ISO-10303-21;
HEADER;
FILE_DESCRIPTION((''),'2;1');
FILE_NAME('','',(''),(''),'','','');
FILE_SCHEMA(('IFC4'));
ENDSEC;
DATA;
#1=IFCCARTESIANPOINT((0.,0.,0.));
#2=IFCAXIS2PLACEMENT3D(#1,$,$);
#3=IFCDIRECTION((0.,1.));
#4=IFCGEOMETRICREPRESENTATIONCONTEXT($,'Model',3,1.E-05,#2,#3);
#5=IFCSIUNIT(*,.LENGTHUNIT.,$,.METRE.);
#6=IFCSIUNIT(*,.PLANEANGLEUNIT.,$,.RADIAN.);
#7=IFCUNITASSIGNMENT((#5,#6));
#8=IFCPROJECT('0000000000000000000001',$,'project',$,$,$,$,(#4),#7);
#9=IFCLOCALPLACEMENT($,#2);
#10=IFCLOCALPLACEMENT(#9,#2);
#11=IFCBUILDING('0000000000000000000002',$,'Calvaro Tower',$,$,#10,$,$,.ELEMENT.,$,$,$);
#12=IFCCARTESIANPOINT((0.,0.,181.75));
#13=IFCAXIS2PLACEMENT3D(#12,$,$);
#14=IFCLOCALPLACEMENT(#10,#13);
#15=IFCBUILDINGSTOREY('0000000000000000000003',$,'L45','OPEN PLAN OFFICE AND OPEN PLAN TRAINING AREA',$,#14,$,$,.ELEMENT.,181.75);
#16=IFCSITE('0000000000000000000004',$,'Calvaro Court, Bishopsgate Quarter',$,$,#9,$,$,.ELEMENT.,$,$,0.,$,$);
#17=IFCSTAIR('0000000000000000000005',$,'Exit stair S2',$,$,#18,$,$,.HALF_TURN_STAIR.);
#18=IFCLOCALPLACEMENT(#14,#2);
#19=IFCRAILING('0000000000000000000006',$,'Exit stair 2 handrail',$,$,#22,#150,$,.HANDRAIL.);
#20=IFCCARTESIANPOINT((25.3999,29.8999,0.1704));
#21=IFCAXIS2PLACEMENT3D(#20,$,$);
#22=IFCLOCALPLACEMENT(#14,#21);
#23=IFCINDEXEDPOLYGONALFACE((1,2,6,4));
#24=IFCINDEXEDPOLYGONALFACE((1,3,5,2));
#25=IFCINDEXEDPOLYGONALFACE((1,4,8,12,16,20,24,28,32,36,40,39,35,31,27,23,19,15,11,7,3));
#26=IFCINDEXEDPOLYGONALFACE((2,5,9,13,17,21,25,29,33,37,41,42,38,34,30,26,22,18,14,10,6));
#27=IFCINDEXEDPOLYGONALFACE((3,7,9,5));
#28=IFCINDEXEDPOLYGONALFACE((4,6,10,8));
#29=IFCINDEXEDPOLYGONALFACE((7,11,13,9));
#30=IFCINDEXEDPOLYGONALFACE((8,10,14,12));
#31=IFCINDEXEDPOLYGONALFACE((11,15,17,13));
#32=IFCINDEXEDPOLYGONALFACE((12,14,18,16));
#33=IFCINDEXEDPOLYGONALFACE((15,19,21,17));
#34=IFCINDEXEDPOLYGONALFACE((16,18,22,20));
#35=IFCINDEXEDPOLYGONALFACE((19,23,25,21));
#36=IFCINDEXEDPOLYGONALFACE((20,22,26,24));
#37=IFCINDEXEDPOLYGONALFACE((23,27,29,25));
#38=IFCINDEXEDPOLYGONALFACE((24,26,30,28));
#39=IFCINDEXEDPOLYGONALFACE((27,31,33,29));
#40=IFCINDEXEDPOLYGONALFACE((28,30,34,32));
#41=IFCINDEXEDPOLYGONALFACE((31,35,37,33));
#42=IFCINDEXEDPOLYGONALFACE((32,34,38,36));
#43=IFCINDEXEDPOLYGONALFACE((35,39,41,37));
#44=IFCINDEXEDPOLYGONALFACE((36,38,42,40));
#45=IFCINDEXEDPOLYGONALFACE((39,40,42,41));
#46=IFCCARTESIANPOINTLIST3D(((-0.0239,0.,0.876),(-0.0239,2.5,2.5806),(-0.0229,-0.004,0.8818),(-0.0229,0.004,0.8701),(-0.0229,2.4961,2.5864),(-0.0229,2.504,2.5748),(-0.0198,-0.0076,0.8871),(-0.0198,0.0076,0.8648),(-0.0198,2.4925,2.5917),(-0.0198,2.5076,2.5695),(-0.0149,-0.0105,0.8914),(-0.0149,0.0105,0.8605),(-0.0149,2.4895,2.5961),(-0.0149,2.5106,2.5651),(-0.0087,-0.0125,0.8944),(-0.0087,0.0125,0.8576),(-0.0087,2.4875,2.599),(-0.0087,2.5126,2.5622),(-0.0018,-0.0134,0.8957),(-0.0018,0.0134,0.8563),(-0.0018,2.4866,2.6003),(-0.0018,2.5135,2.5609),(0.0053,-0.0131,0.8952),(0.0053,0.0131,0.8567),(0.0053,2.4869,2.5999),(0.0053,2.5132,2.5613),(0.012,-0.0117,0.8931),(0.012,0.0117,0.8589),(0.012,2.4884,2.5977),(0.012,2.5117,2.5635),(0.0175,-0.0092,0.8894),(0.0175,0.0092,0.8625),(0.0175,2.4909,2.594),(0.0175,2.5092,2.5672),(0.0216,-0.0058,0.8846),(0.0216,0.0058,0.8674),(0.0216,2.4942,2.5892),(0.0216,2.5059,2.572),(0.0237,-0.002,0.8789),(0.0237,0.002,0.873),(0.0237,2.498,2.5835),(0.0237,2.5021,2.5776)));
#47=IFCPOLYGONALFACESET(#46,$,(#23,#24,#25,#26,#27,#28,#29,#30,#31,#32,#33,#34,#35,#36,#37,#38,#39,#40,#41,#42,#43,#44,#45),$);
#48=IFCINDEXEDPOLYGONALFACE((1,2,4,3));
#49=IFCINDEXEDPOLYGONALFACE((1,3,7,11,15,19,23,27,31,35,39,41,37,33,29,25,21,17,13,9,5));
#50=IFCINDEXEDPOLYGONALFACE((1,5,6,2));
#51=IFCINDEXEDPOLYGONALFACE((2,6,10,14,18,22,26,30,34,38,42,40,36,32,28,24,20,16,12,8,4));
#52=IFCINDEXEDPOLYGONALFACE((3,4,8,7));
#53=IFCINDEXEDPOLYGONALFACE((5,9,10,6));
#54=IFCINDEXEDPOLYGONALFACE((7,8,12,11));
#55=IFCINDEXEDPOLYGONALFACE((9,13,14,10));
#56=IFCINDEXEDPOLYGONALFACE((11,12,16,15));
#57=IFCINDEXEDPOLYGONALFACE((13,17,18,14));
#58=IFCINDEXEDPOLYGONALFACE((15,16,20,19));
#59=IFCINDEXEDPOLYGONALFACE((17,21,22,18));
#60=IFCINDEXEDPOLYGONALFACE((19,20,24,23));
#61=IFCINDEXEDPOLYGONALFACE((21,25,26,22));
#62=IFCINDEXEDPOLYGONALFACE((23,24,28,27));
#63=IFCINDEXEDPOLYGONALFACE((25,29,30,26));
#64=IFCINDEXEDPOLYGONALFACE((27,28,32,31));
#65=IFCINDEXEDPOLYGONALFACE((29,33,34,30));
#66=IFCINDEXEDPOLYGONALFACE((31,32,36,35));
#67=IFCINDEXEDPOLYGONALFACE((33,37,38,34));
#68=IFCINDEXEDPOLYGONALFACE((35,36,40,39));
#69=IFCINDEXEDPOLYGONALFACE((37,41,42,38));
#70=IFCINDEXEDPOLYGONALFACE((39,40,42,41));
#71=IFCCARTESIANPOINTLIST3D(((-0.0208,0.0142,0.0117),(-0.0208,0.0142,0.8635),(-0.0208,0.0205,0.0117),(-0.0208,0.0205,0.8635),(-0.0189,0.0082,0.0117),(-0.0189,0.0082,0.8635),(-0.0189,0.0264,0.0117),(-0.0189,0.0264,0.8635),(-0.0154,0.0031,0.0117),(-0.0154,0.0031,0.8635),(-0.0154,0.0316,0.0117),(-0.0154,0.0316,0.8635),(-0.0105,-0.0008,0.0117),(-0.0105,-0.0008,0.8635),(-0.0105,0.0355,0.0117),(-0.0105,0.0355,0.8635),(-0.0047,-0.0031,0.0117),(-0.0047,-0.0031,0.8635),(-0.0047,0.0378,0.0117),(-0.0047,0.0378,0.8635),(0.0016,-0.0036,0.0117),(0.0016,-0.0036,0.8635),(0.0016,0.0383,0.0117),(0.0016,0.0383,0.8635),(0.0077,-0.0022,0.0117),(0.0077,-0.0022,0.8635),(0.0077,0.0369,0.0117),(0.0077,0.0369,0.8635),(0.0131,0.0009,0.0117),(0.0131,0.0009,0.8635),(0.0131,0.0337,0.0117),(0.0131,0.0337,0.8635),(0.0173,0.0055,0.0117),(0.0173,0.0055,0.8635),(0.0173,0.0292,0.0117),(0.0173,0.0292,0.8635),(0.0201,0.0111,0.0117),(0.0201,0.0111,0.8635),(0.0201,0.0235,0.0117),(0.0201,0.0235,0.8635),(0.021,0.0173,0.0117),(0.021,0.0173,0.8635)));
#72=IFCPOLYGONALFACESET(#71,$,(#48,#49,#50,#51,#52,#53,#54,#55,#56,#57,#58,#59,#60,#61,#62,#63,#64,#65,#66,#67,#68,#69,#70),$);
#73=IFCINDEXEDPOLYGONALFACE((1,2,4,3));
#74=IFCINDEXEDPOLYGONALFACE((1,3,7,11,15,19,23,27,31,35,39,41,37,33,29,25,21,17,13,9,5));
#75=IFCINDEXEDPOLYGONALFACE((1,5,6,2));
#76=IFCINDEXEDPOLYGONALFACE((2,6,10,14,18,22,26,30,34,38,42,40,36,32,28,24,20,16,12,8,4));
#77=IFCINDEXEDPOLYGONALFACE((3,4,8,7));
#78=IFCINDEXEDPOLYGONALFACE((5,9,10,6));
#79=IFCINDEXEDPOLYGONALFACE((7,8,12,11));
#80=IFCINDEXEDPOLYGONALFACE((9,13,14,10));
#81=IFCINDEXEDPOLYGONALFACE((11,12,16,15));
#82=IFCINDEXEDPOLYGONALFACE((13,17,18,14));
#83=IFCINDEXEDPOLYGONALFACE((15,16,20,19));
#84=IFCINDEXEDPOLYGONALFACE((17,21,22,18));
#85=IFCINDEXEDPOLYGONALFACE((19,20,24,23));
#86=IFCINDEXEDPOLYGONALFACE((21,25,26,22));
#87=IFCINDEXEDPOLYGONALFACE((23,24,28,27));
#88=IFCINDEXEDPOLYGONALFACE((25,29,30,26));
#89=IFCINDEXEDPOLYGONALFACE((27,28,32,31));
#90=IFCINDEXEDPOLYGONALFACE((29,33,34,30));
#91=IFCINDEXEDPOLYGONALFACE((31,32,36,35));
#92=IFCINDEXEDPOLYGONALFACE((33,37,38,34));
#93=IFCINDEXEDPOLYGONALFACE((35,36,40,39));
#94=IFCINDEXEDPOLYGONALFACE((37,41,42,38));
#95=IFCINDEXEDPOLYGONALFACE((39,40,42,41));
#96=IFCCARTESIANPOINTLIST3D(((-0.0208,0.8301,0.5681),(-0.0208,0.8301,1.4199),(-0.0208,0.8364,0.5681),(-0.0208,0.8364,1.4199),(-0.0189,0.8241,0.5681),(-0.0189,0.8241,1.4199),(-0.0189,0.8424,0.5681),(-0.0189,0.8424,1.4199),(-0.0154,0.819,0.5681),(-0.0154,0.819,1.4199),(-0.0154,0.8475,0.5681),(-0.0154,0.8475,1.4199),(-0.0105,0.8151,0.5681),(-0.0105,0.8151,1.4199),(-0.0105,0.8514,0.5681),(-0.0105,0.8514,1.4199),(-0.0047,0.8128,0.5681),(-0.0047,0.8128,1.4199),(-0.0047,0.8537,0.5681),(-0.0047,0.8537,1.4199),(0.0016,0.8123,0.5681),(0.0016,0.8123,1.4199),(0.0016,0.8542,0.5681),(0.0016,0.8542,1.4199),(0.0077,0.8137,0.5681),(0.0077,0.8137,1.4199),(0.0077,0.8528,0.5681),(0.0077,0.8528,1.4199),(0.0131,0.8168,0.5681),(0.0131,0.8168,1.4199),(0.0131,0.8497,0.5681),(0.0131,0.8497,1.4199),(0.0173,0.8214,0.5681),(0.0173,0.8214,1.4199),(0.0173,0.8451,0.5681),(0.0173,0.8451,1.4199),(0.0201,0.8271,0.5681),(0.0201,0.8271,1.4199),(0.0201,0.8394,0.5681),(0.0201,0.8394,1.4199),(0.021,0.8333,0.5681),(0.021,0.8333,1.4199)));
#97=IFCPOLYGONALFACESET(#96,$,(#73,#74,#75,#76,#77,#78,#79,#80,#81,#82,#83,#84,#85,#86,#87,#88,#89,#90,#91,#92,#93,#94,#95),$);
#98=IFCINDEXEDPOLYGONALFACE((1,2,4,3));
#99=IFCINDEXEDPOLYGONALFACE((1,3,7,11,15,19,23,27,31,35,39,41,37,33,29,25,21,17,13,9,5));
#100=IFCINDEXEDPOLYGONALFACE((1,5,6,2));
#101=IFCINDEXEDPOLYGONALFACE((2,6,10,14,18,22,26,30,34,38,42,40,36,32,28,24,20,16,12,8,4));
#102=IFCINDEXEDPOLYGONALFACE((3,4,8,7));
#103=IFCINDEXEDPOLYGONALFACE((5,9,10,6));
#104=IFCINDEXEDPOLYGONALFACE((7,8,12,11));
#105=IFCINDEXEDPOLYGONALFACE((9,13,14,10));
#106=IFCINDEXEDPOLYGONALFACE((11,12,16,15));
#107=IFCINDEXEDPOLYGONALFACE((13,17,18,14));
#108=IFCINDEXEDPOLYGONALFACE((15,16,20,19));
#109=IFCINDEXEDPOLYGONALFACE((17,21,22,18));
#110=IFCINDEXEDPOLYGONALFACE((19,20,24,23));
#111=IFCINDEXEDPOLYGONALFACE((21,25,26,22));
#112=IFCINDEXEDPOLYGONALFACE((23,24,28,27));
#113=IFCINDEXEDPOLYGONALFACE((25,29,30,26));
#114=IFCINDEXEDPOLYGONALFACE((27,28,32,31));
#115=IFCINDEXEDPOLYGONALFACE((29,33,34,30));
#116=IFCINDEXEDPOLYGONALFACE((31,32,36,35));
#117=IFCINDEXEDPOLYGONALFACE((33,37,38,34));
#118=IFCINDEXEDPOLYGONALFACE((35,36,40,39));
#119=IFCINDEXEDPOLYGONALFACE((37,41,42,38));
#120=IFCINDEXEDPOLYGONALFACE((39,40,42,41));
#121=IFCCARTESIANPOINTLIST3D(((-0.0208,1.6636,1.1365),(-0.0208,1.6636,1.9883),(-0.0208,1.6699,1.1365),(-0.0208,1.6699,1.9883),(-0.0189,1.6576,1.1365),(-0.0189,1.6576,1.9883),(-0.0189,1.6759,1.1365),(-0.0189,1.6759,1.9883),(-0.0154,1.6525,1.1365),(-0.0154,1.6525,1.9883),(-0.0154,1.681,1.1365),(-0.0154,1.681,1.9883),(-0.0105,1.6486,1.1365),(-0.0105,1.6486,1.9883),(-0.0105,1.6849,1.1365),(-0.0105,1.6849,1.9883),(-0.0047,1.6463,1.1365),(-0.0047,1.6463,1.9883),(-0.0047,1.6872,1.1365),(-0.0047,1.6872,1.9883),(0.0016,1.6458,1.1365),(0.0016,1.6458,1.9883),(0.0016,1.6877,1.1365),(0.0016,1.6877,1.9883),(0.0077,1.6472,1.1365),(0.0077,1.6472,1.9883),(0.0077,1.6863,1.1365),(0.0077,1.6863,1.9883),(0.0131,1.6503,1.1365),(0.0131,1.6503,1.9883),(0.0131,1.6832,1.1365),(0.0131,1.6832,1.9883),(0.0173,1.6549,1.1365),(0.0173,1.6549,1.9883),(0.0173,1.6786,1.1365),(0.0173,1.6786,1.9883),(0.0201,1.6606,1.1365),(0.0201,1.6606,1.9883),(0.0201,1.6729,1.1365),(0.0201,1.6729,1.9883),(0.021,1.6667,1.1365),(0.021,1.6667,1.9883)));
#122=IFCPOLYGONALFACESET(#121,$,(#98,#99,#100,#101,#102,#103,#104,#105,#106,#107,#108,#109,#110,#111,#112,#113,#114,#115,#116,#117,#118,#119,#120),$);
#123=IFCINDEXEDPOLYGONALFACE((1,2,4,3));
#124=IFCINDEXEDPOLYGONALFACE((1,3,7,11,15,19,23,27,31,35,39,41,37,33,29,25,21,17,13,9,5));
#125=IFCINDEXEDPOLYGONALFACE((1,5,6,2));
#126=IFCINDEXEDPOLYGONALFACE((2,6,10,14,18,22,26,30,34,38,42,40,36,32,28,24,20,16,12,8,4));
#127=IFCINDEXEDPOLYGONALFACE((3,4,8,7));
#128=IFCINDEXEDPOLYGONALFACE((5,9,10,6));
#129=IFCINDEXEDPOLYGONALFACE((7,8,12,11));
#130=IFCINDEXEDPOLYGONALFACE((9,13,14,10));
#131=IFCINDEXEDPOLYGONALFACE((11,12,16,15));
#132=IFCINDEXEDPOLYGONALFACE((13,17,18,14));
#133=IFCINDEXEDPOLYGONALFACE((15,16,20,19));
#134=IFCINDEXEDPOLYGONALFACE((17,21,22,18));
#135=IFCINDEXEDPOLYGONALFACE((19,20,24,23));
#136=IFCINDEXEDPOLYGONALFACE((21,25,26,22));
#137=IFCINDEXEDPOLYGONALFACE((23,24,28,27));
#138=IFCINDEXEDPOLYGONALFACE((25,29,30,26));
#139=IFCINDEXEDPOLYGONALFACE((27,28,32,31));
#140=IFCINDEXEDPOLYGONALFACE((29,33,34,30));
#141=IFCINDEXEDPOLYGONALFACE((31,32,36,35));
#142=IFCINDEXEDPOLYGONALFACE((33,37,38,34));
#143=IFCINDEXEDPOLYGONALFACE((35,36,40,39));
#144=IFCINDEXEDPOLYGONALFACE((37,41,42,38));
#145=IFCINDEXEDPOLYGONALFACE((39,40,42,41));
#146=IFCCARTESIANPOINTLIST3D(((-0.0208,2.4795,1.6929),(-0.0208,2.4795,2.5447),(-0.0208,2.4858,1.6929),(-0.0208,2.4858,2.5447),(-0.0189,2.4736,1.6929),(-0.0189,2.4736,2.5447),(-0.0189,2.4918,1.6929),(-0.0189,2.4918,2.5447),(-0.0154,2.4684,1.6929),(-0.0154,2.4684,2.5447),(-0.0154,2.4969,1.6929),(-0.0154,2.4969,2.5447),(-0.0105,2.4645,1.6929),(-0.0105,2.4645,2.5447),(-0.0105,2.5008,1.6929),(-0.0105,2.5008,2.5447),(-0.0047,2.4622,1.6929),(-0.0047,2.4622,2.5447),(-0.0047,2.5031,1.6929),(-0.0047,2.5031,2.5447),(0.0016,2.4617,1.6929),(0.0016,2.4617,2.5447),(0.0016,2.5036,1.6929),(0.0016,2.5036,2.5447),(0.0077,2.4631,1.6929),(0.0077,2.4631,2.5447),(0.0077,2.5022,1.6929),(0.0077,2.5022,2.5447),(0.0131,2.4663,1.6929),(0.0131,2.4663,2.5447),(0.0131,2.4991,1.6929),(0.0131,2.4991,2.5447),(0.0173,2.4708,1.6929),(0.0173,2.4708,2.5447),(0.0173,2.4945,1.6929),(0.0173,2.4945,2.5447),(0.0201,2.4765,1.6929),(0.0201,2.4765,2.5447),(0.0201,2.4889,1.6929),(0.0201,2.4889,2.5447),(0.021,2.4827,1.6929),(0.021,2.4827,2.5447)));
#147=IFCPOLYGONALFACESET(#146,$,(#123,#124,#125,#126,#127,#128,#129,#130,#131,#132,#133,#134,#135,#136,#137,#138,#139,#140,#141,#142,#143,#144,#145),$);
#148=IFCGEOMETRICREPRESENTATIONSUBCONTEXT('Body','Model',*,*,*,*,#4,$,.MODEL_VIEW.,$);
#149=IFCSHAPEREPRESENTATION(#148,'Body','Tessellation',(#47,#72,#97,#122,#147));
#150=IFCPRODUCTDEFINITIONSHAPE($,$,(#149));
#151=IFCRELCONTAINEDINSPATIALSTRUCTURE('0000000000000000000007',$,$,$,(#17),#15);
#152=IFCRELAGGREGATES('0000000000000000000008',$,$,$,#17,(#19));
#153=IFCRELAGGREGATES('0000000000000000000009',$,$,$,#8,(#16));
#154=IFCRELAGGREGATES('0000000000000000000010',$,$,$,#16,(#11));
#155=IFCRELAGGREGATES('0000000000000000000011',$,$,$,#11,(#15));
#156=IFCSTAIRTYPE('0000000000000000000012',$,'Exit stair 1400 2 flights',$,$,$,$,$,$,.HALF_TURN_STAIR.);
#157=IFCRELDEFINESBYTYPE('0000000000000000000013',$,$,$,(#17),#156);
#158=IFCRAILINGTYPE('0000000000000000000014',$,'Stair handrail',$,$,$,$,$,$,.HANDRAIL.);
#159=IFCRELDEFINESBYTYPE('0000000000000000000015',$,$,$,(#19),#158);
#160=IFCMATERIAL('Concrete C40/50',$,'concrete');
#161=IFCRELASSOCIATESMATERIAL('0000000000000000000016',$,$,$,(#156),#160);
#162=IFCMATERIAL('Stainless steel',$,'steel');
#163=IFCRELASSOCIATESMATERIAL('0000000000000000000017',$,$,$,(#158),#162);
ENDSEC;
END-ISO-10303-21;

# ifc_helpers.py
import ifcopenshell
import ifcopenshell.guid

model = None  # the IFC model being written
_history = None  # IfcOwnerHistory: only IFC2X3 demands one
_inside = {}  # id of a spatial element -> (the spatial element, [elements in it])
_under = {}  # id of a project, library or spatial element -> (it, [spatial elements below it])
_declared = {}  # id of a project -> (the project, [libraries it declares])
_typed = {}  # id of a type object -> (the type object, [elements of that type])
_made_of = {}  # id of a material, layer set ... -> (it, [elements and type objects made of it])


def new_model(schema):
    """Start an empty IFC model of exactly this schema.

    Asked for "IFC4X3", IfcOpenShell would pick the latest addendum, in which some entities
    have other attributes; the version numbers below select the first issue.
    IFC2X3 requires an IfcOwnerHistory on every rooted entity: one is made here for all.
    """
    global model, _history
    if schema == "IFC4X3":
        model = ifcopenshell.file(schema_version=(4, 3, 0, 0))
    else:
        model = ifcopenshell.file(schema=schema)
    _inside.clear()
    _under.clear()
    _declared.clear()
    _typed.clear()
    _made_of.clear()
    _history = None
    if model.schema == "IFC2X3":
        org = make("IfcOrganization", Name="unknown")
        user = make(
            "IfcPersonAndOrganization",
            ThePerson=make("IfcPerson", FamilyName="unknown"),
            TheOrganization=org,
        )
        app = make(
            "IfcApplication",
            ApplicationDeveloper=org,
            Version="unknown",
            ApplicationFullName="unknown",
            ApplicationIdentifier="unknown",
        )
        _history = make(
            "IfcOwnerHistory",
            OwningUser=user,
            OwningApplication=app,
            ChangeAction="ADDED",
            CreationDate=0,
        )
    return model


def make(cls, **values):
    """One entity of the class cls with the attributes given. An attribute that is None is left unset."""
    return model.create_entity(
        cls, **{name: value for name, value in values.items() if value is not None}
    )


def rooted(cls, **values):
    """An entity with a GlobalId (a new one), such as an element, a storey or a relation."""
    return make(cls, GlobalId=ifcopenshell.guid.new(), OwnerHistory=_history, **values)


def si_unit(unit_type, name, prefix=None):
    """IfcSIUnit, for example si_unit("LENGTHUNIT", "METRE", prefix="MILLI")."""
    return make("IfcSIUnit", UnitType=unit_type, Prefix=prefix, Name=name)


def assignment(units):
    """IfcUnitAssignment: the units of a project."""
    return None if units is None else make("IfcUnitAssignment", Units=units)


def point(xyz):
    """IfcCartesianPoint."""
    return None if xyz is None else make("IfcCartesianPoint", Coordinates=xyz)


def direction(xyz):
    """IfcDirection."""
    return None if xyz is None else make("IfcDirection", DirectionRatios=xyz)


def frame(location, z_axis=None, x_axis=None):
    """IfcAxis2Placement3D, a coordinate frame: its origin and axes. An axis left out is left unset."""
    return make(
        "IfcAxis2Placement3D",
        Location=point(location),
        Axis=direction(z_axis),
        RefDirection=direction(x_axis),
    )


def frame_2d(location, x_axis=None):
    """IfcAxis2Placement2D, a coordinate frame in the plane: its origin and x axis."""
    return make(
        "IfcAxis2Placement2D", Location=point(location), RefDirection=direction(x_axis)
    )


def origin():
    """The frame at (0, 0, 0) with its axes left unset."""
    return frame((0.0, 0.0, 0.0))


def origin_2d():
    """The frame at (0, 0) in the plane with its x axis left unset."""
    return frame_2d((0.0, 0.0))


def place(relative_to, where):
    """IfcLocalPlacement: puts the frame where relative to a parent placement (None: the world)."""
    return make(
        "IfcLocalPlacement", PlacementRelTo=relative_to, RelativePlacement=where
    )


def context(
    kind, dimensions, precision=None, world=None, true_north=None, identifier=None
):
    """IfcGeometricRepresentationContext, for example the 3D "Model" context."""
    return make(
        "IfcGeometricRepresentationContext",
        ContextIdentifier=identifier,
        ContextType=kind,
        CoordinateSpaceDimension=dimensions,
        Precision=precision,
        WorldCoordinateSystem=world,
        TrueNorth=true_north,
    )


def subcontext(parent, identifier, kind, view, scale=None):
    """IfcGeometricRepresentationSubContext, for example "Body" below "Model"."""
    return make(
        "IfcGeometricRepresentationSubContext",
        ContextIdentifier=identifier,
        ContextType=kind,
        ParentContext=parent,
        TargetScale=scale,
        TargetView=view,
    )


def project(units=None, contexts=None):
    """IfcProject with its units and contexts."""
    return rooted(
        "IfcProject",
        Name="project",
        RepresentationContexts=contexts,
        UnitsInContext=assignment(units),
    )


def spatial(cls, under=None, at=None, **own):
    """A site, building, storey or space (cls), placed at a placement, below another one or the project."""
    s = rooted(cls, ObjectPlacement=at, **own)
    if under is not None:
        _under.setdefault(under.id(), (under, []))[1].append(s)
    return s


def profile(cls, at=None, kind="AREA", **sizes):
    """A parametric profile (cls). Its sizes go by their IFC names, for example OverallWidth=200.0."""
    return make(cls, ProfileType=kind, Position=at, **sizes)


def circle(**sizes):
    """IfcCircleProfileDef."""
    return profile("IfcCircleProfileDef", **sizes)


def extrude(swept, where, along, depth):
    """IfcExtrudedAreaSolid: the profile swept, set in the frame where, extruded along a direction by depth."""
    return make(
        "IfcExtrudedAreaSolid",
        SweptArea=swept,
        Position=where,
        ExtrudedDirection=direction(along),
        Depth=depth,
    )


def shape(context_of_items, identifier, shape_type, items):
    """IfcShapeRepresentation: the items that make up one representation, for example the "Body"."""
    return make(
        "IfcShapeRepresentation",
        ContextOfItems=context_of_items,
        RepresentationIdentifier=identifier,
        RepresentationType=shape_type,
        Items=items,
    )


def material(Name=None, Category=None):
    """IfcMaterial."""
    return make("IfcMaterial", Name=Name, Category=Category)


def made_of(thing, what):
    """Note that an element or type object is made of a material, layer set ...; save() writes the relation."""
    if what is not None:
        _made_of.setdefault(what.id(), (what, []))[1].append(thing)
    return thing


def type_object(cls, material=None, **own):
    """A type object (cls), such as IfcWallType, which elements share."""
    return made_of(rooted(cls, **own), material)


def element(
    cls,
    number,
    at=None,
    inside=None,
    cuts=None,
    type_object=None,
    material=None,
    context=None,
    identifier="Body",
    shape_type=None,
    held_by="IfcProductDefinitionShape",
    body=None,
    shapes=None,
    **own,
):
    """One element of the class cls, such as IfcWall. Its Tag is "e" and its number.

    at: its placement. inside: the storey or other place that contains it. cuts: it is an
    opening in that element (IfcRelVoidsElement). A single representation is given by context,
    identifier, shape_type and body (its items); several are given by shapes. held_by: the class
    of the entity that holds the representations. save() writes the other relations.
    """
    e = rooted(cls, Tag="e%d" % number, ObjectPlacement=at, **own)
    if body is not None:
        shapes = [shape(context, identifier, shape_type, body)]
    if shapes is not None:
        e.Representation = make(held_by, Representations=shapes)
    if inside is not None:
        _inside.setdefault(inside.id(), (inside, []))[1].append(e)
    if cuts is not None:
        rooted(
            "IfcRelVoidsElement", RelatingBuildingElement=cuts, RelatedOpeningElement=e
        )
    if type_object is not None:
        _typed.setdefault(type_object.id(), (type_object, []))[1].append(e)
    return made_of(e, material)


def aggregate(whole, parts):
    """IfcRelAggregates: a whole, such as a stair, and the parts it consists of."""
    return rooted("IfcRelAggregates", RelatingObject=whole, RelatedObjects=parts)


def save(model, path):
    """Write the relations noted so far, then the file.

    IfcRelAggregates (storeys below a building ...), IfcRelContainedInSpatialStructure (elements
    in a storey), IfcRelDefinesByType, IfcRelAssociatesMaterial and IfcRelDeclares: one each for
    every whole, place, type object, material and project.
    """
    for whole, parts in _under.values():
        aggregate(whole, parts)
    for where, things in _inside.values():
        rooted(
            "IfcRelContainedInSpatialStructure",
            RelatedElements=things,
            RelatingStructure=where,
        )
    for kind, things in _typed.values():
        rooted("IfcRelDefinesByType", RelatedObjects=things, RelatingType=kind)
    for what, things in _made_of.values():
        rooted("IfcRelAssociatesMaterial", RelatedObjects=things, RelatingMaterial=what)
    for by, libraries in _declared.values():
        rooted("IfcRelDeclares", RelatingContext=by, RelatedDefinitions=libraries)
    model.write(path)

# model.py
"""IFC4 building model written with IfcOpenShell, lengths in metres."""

from ifc_helpers import new_model, si_unit, direction, frame, origin, origin_2d, place, context, subcontext, project, spatial, circle, extrude, material, type_object, element, aggregate, save


model = new_model("IFC4")

# Units and contexts
model_context = context("Model", 3, precision=1e-05, world=origin(), true_north=direction((0.0, 1.0)))
body_context = subcontext(model_context, "Body", "Model", "MODEL_VIEW")
ifc_project = project(units=[si_unit("LENGTHUNIT", "METRE"), si_unit("PLANEANGLEUNIT", "RADIAN")], contexts=[model_context])

# Site, building, storey
site_placement = place(None, origin())
site = spatial("IfcSite", under=ifc_project, at=site_placement, Name="Calvaro Court, Bishopsgate Quarter", CompositionType="ELEMENT", RefElevation=0.0)
building_placement = place(site_placement, origin())
building = spatial("IfcBuilding", under=site, at=building_placement, Name="Calvaro Tower", CompositionType="ELEMENT")
storey_placement = place(building_placement, frame((0.0, 0.0, 181.75)))
storey = spatial("IfcBuildingStorey", under=building, at=storey_placement, Name="L45", Description="OPEN PLAN OFFICE AND OPEN PLAN TRAINING AREA", CompositionType="ELEMENT", Elevation=181.75)

# Stair
ifc_material_1 = material(Name="Concrete C40/50", Category="concrete")
stair_type = type_object("IfcStairType", Name="Exit stair 1400 2 flights", PredefinedType="HALF_TURN_STAIR", material=ifc_material_1)
stair_1_placement = place(storey_placement, origin())
stair_1 = element("IfcStair", 1, at=stair_1_placement, inside=storey, type_object=stair_type, Name="Exit stair S2", PredefinedType="HALF_TURN_STAIR")

# Shared definitions
ifc_material_2 = material(Name="Stainless steel", Category="steel")
railing_type = type_object("IfcRailingType", Name="Stair handrail", PredefinedType="HANDRAIL", material=ifc_material_2)

# Railing
railing_1_placement = place(storey_placement, frame((25.3999, 29.8999, 0.1704)))
railing_1 = element("IfcRailing", 2, at=railing_1_placement, type_object=railing_type, Name="Exit stair 2 handrail", PredefinedType="HANDRAIL", context=body_context, shape_type="SweptSolid", body=[
    extrude(circle(Radius=0.0239, at=origin_2d()), frame((0.0, 0.0, 0.876), z_axis=(0.0, 0.826221, 0.563347), x_axis=(-1.0, 0.0, 0.0)), (0.0, 0.0, 1.0), 3.0259),
    extrude(circle(Radius=0.021, at=origin_2d()), frame((0.0, 0.0173, 0.0117)), (0.0, 0.0, 1.0), 0.8518),
    extrude(circle(Radius=0.021, at=origin_2d()), frame((0.0, 0.8333, 0.5681)), (0.0, 0.0, 1.0), 0.8518),
    extrude(circle(Radius=0.021, at=origin_2d()), frame((0.0, 1.6667, 1.1365)), (0.0, 0.0, 1.0), 0.8518),
    extrude(circle(Radius=0.021, at=origin_2d()), frame((0.0, 2.4827, 1.6929)), (0.0, 0.0, 1.0), 0.8518),
])
aggregate(stair_1, [railing_1])

save(model, "model.ifc")
